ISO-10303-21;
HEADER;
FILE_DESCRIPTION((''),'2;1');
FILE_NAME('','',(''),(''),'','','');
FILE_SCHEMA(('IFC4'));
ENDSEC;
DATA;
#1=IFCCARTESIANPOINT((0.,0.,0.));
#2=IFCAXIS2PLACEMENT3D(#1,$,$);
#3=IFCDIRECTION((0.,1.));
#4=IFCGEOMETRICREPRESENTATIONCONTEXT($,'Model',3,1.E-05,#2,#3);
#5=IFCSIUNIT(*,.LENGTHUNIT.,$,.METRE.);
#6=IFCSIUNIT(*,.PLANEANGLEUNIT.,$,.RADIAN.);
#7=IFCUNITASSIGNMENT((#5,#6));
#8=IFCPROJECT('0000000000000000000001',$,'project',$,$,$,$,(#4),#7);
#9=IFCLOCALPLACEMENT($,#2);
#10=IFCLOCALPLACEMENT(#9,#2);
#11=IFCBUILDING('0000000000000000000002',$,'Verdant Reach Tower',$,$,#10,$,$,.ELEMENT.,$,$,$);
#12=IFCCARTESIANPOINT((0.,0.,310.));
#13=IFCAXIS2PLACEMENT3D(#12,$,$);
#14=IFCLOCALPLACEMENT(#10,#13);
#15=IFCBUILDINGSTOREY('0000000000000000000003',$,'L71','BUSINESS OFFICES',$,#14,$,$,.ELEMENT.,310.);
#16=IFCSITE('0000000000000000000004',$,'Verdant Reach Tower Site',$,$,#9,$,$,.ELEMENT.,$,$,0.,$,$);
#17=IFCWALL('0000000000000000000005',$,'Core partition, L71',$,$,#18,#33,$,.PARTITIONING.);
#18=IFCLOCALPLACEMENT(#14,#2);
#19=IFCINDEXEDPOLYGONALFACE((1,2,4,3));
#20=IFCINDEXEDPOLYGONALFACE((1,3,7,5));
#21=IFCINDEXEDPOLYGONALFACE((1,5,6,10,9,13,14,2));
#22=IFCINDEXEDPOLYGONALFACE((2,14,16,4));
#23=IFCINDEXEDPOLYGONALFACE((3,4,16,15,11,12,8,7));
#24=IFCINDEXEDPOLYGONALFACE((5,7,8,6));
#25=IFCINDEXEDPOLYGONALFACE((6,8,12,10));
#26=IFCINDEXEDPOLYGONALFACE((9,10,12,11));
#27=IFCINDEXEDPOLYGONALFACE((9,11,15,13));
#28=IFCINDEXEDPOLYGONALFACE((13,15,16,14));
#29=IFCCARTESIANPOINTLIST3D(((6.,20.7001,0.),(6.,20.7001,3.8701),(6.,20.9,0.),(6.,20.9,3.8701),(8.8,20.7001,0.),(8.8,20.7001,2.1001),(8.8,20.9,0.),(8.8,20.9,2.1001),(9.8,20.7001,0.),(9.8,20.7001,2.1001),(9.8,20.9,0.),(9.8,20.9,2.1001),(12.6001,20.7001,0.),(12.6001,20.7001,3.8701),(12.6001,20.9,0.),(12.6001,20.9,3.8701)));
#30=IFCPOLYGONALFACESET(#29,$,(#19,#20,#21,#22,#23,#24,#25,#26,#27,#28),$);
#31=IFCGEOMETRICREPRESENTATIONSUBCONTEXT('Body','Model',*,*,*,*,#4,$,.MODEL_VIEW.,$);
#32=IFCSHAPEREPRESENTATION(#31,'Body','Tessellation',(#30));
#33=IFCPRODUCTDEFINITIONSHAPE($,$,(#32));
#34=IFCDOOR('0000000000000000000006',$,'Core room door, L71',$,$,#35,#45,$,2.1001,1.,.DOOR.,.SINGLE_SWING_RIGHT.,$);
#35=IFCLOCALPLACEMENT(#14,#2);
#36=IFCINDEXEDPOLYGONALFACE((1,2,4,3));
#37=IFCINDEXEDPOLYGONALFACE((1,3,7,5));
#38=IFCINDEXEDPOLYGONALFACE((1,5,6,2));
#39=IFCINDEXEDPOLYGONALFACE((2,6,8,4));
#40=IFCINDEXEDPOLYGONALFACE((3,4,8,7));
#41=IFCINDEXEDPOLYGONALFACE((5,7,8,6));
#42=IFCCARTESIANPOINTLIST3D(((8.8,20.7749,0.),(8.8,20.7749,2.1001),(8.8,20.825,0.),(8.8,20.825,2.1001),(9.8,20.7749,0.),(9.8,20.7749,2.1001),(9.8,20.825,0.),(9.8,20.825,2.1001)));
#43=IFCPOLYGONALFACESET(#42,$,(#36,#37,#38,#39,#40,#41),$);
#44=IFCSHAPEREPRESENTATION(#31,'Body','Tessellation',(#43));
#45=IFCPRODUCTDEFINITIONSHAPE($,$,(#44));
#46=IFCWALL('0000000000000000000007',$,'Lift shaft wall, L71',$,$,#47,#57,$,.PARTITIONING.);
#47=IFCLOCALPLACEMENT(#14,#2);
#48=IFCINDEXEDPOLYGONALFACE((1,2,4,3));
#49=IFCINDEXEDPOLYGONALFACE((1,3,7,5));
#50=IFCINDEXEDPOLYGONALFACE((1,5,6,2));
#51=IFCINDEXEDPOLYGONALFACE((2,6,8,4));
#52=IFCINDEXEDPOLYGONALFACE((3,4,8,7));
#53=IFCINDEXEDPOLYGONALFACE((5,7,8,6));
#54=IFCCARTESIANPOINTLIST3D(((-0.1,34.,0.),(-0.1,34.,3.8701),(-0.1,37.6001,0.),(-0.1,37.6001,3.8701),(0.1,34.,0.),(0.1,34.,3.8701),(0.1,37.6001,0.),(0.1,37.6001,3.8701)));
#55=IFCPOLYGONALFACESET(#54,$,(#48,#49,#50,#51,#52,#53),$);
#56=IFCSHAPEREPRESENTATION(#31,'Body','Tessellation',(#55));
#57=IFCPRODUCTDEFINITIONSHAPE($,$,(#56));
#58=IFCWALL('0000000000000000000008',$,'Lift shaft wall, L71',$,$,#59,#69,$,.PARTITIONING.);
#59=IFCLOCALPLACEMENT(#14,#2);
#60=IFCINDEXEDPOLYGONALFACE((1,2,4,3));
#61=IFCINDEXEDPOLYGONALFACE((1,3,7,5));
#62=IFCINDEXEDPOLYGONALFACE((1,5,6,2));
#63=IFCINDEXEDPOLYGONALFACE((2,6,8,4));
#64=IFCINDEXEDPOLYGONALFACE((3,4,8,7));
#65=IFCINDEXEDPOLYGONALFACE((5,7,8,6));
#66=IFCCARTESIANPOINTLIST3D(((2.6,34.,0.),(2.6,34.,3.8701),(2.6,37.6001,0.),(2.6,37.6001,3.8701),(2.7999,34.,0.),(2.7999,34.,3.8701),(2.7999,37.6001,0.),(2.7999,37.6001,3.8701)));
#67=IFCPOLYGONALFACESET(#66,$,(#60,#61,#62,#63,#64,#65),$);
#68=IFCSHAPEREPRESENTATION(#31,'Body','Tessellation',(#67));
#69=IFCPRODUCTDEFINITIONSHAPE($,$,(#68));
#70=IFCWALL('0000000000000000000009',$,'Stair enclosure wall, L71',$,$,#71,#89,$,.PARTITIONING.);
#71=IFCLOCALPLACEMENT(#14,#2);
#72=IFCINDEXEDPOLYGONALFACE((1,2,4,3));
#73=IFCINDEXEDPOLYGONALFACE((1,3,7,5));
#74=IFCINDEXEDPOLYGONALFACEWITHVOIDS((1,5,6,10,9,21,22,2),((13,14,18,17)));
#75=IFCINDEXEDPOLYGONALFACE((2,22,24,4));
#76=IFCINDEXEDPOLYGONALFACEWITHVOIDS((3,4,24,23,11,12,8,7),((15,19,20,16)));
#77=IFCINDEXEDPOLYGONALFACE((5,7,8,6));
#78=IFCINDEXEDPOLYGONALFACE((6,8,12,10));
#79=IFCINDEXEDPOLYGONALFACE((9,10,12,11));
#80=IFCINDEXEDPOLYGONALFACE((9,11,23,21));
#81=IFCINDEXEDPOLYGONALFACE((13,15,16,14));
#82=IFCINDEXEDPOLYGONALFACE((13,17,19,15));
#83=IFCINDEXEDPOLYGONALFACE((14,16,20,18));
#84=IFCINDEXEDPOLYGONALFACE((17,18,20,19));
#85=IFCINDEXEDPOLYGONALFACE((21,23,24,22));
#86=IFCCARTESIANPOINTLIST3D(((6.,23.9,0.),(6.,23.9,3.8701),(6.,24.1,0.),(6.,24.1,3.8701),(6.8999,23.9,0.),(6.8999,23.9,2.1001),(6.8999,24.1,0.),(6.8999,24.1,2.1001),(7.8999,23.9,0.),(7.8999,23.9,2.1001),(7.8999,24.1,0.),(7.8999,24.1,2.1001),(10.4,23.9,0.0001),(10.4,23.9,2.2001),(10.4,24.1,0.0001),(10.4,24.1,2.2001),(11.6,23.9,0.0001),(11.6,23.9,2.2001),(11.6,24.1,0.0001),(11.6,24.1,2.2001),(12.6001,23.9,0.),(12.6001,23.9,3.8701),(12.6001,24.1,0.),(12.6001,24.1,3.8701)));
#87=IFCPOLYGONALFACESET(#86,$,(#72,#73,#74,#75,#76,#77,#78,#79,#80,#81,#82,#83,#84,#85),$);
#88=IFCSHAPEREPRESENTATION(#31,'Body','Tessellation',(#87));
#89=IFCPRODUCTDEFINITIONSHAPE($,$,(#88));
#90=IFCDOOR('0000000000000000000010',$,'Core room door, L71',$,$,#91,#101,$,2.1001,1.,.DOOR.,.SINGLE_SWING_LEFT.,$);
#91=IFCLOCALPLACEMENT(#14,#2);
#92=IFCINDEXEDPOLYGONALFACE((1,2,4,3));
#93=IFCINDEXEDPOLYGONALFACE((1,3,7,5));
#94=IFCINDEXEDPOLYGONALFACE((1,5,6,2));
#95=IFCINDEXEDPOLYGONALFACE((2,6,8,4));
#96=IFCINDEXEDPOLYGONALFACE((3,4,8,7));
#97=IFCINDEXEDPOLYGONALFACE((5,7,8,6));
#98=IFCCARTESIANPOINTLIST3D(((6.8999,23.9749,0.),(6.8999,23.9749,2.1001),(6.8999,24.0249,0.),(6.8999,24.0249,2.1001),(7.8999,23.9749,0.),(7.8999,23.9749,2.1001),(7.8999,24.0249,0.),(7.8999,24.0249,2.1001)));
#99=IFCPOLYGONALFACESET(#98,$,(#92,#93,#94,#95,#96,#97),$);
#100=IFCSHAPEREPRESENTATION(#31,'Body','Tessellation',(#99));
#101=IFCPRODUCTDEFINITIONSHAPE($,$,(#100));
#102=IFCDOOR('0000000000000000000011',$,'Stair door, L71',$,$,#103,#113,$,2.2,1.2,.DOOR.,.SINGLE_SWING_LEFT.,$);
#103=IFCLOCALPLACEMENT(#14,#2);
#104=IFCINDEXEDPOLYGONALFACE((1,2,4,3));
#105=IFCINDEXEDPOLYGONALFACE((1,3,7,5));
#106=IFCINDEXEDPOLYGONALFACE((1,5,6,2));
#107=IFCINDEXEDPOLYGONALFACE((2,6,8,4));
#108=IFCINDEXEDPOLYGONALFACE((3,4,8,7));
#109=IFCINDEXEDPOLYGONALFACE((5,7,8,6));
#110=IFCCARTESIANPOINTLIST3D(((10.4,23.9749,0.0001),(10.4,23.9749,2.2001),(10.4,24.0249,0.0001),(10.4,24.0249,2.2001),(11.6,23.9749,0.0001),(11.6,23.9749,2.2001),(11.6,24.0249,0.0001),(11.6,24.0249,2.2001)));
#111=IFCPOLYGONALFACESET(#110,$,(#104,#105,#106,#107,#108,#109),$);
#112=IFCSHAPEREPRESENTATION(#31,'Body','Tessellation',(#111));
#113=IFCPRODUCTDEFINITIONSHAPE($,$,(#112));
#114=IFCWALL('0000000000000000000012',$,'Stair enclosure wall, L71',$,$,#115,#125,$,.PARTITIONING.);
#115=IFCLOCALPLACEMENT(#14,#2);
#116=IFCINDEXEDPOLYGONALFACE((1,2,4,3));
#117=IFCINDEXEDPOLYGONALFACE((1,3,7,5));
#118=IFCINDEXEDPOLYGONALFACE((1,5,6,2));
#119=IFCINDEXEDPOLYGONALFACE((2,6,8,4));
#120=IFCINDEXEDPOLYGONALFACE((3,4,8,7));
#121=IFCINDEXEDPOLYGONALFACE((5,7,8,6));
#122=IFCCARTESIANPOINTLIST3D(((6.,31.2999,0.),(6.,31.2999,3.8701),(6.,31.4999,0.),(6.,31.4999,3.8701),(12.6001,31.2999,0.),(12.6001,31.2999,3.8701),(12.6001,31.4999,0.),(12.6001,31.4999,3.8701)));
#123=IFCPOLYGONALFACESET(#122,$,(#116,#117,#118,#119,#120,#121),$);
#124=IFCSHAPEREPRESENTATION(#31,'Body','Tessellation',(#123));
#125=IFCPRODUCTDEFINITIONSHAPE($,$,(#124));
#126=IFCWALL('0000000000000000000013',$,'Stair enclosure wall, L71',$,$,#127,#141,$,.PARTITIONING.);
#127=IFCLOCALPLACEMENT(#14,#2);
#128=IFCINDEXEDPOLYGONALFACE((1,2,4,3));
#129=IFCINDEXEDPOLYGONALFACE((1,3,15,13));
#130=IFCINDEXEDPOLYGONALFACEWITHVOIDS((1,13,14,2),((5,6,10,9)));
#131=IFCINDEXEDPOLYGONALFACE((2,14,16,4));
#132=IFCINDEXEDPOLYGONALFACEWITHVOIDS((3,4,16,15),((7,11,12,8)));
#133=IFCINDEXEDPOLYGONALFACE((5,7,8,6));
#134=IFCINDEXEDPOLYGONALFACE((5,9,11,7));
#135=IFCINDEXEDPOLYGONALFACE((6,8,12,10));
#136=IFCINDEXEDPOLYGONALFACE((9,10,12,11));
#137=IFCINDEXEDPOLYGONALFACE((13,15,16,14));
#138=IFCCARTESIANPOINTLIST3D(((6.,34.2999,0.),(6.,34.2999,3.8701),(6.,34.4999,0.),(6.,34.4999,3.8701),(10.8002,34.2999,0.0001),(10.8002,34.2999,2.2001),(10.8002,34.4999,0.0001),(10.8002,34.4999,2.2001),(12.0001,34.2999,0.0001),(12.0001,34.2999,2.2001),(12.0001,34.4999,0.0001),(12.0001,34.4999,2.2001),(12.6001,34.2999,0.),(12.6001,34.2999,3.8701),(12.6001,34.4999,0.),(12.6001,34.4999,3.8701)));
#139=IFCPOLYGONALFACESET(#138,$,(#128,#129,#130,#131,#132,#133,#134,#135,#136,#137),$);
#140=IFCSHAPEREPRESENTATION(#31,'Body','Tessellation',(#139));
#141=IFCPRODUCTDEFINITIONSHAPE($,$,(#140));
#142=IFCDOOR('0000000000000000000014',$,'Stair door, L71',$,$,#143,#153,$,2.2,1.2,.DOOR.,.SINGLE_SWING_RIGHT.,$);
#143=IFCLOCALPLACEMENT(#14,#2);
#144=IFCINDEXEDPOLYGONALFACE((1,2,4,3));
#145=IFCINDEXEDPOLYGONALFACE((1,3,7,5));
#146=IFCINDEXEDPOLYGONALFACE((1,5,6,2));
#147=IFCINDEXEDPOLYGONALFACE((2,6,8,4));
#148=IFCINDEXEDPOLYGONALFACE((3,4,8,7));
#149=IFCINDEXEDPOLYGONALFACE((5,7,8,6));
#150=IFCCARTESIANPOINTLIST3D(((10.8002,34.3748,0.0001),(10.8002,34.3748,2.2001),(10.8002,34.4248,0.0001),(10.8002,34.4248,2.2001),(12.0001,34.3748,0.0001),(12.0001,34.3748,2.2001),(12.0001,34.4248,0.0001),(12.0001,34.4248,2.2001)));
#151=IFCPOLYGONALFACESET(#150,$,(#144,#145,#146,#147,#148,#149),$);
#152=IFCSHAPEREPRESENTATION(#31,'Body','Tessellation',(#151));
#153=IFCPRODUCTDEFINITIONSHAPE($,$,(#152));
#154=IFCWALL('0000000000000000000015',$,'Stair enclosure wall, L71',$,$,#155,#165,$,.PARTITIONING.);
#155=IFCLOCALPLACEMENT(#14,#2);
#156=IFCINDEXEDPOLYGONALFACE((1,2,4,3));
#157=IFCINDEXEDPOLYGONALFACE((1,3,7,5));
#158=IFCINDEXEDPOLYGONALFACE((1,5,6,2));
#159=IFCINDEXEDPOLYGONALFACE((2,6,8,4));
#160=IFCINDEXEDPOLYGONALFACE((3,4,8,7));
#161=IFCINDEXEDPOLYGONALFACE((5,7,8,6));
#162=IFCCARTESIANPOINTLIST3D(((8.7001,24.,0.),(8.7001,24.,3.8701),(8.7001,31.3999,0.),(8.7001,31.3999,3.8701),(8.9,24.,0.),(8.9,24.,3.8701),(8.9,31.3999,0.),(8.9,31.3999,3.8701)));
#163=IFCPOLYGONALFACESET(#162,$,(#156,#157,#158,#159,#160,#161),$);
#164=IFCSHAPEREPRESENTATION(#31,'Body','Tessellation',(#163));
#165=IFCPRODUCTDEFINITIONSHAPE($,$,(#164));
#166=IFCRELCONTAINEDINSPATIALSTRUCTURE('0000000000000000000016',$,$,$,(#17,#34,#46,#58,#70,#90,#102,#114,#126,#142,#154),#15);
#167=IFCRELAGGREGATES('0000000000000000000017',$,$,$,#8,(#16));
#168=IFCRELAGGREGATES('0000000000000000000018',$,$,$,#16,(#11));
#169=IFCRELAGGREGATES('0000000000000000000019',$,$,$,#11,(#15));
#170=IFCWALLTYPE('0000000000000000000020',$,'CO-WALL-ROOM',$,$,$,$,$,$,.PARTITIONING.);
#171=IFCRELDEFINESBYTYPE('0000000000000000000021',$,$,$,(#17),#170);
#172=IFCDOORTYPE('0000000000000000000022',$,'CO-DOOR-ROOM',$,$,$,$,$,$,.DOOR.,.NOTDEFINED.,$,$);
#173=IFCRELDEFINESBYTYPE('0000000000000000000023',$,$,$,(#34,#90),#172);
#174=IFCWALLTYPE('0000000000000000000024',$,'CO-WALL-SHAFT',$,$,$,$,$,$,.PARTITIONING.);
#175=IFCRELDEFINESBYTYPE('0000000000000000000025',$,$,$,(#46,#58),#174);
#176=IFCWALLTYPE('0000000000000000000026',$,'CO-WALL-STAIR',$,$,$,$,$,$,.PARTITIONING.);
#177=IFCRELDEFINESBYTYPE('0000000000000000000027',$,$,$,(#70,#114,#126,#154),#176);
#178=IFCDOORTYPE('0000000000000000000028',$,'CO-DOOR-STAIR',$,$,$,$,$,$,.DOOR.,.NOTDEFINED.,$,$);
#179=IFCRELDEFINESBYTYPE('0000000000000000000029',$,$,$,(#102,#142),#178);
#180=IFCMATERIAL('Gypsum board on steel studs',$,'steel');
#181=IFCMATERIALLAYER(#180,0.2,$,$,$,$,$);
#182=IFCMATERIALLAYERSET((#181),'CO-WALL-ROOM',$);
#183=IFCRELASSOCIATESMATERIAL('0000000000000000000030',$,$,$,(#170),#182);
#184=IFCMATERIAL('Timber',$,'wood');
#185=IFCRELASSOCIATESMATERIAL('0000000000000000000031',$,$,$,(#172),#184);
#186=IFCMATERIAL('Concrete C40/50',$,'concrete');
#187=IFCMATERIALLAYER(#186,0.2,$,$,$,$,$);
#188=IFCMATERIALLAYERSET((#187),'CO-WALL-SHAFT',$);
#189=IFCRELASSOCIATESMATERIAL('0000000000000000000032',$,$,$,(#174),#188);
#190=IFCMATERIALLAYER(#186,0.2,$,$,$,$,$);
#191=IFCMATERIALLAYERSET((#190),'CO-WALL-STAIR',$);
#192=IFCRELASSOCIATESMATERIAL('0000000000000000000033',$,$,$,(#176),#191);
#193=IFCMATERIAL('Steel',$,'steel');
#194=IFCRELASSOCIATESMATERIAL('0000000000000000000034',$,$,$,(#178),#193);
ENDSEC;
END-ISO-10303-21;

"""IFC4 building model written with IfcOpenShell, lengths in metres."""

from ifc_helpers import new_model, si_unit, direction, frame, frame_2d, origin, place, context, subcontext, project, spatial, rectangle, extrude, material, layer, layer_set, type_object, element, fill, save


model = new_model("IFC4")

# Units and contexts
model_context = context("Model", 3, precision=1e-05, world=origin(), true_north=direction((0.0, 1.0)))
body_context = subcontext(model_context, "Body", "Model", "MODEL_VIEW")
ifc_project = project(units=[si_unit("LENGTHUNIT", "METRE"), si_unit("PLANEANGLEUNIT", "RADIAN")], contexts=[model_context])

# Site, building, storey
site_placement = place(None, origin())
site = spatial("IfcSite", under=ifc_project, at=site_placement, Name="Verdant Reach Tower Site", CompositionType="ELEMENT", RefElevation=0.0)
building_placement = place(site_placement, origin())
building = spatial("IfcBuilding", under=site, at=building_placement, Name="Verdant Reach Tower", CompositionType="ELEMENT")
storey_placement = place(building_placement, frame((0.0, 0.0, 310.0)))
storey = spatial("IfcBuildingStorey", under=building, at=storey_placement, Name="L71", Description="BUSINESS OFFICES", CompositionType="ELEMENT", Elevation=310.0)

# Wall, opening, door
ifc_material_1 = material(Name="Gypsum board on steel studs", Category="steel")
ifc_layer_1 = layer(ifc_material_1, 0.2)
ifc_layer_set_1 = layer_set([ifc_layer_1], Name="CO-WALL-ROOM")
wall_type_1 = type_object("IfcWallType", Name="CO-WALL-ROOM", PredefinedType="PARTITIONING", material=ifc_layer_set_1)
wall_1_placement = place(storey_placement, frame((6.0, 20.8, 0.0), z_axis=(0.0, 0.0, 1.0), x_axis=(1.0, 0.0, 0.0)))
wall_1 = element("IfcWall", 1, at=wall_1_placement, inside=storey, type_object=wall_type_1, Name="Core partition, L71", PredefinedType="PARTITIONING", context=body_context, shape_type="SweptSolid", body=[
    extrude(rectangle(XDim=6.6001, YDim=0.2, at=frame_2d((3.3, 0.0))), origin(), (0.0, 0.0, 1.0), 3.8701),
])
opening_1_placement = place(wall_1_placement, frame((2.8, 0.0, 0.0)))
opening_1 = element("IfcOpeningElement", 2, at=opening_1_placement, cuts=wall_1, PredefinedType="OPENING", context=body_context, shape_type="SweptSolid", body=[
    extrude(rectangle(XDim=1.0, YDim=2.1001, at=frame_2d((0.5, 1.05))), frame((0.0, 0.1099, 0.0), z_axis=(0.0, -1.0, 0.0), x_axis=(1.0, 0.0, 0.0)), (0.0, 0.0, 1.0), 0.22),
])
ifc_material_2 = material(Name="Timber", Category="wood")
door_type_1 = type_object("IfcDoorType", Name="CO-DOOR-ROOM", OperationType="NOTDEFINED", PredefinedType="DOOR", material=ifc_material_2)
door_1_placement = place(opening_1_placement, origin())
door_1 = element("IfcDoor", 3, at=door_1_placement, inside=storey, type_object=door_type_1, Name="Core room door, L71", OperationType="SINGLE_SWING_RIGHT", OverallHeight=2.1001, OverallWidth=1.0, PredefinedType="DOOR", context=body_context, shape_type="SweptSolid", body=[
    extrude(rectangle(XDim=1.0, YDim=2.1001, at=frame_2d((0.5, 1.05))), frame((0.0, 0.0249, 0.0), z_axis=(0.0, -1.0, 0.0), x_axis=(1.0, 0.0, 0.0)), (0.0, 0.0, 1.0), 0.05),
])
fill(opening_1, door_1)

# Walls
ifc_material_3 = material(Name="Concrete C40/50", Category="concrete")
ifc_layer_2 = layer(ifc_material_3, 0.2)
ifc_layer_set_2 = layer_set([ifc_layer_2], Name="CO-WALL-SHAFT")
wall_type_2 = type_object("IfcWallType", Name="CO-WALL-SHAFT", PredefinedType="PARTITIONING", material=ifc_layer_set_2)
for number, where, z_axis, x_axis, name in (
    (4, (0.0, 34.0, 0.0), (0.0, 0.0, 1.0), (0.0, 1.0, 0.0), "Lift shaft wall, L71"),
    (5, (2.7, 34.0, 0.0), (0.0, 0.0, 1.0), (0.0, 1.0, 0.0), "Lift shaft wall, L71"),
):
    element("IfcWall", number, at=place(storey_placement, frame(where, z_axis=z_axis, x_axis=x_axis)), inside=storey, type_object=wall_type_2, Name=name, PredefinedType="PARTITIONING", context=body_context, shape_type="SweptSolid", body=[
        extrude(rectangle(XDim=3.6001, YDim=0.2, at=frame_2d((1.8, 0.0))), origin(), (0.0, 0.0, 1.0), 3.8701),
    ])

# Wall, openings, doors
ifc_layer_3 = layer(ifc_material_3, 0.2)
ifc_layer_set_3 = layer_set([ifc_layer_3], Name="CO-WALL-STAIR")
wall_type_3 = type_object("IfcWallType", Name="CO-WALL-STAIR", PredefinedType="PARTITIONING", material=ifc_layer_set_3)
wall_2_placement = place(storey_placement, frame((6.0, 24.0, 0.0), z_axis=(0.0, 0.0, 1.0), x_axis=(1.0, 0.0, 0.0)))
wall_2 = element("IfcWall", 6, at=wall_2_placement, inside=storey, type_object=wall_type_3, Name="Stair enclosure wall, L71", PredefinedType="PARTITIONING", context=body_context, shape_type="SweptSolid", body=[
    extrude(rectangle(XDim=6.6001, YDim=0.2, at=frame_2d((3.3, 0.0))), origin(), (0.0, 0.0, 1.0), 3.8701),
])
opening_2_placement = place(wall_2_placement, frame((0.8999, 0.0, 0.0)))
opening_2 = element("IfcOpeningElement", 7, at=opening_2_placement, cuts=wall_2, PredefinedType="OPENING", context=body_context, shape_type="SweptSolid", body=[
    extrude(rectangle(XDim=1.0, YDim=2.1001, at=frame_2d((0.5, 1.05))), frame((0.0, 0.1099, 0.0), z_axis=(0.0, -1.0, 0.0), x_axis=(1.0, 0.0, 0.0)), (0.0, 0.0, 1.0), 0.22),
])
opening_3_placement = place(wall_2_placement, frame((4.3999, 0.0, 0.0)))
opening_3 = element("IfcOpeningElement", 8, at=opening_3_placement, cuts=wall_2, PredefinedType="OPENING", context=body_context, shape_type="SweptSolid", body=[
    extrude(rectangle(XDim=1.2, YDim=2.2, at=frame_2d((0.6001, 1.1001))), frame((0.0, 0.1099, 0.0), z_axis=(0.0, -1.0, 0.0), x_axis=(1.0, 0.0, 0.0)), (0.0, 0.0, 1.0), 0.22),
])
door_2_placement = place(opening_2_placement, origin())
door_2 = element("IfcDoor", 9, at=door_2_placement, inside=storey, type_object=door_type_1, Name="Core room door, L71", OperationType="SINGLE_SWING_LEFT", OverallHeight=2.1001, OverallWidth=1.0, PredefinedType="DOOR", context=body_context, shape_type="SweptSolid", body=[
    extrude(rectangle(XDim=1.0, YDim=2.1001, at=frame_2d((0.5, 1.05))), frame((0.0, 0.0249, 0.0), z_axis=(0.0, -1.0, 0.0), x_axis=(1.0, 0.0, 0.0)), (0.0, 0.0, 1.0), 0.05),
])
fill(opening_2, door_2)
ifc_material_4 = material(Name="Steel", Category="steel")
door_type_2 = type_object("IfcDoorType", Name="CO-DOOR-STAIR", OperationType="NOTDEFINED", PredefinedType="DOOR", material=ifc_material_4)
door_3_placement = place(opening_3_placement, origin())
door_3 = element("IfcDoor", 10, at=door_3_placement, inside=storey, type_object=door_type_2, Name="Stair door, L71", OperationType="SINGLE_SWING_LEFT", OverallHeight=2.2, OverallWidth=1.2, PredefinedType="DOOR", context=body_context, shape_type="SweptSolid", body=[
    extrude(rectangle(XDim=1.2, YDim=2.2, at=frame_2d((0.6001, 1.1001))), frame((0.0, 0.0249, 0.0), z_axis=(0.0, -1.0, 0.0), x_axis=(1.0, 0.0, 0.0)), (0.0, 0.0, 1.0), 0.05),
])
fill(opening_3, door_3)

# Wall
wall_3_placement = place(storey_placement, frame((6.0, 31.3999, 0.0), z_axis=(0.0, 0.0, 1.0), x_axis=(1.0, 0.0, 0.0)))
element("IfcWall", 11, at=wall_3_placement, inside=storey, type_object=wall_type_3, Name="Stair enclosure wall, L71", PredefinedType="PARTITIONING", context=body_context, shape_type="SweptSolid", body=[
    extrude(rectangle(XDim=6.6001, YDim=0.2, at=frame_2d((3.3, 0.0))), origin(), (0.0, 0.0, 1.0), 3.8701),
])

# Wall, opening, door
wall_4_placement = place(storey_placement, frame((6.0, 34.3999, 0.0), z_axis=(0.0, 0.0, 1.0), x_axis=(1.0, 0.0, 0.0)))
wall_4 = element("IfcWall", 12, at=wall_4_placement, inside=storey, type_object=wall_type_3, Name="Stair enclosure wall, L71", PredefinedType="PARTITIONING", context=body_context, shape_type="SweptSolid", body=[
    extrude(rectangle(XDim=6.6001, YDim=0.2, at=frame_2d((3.3, 0.0))), origin(), (0.0, 0.0, 1.0), 3.8701),
])
opening_4_placement = place(wall_4_placement, frame((4.8, 0.0, 0.0)))
opening_4 = element("IfcOpeningElement", 13, at=opening_4_placement, cuts=wall_4, PredefinedType="OPENING", context=body_context, shape_type="SweptSolid", body=[
    extrude(rectangle(XDim=1.2, YDim=2.2, at=frame_2d((0.6001, 1.1001))), frame((0.0, 0.1099, 0.0), z_axis=(0.0, -1.0, 0.0), x_axis=(1.0, 0.0, 0.0)), (0.0, 0.0, 1.0), 0.22),
])
door_4_placement = place(opening_4_placement, origin())
door_4 = element("IfcDoor", 14, at=door_4_placement, inside=storey, type_object=door_type_2, Name="Stair door, L71", OperationType="SINGLE_SWING_RIGHT", OverallHeight=2.2, OverallWidth=1.2, PredefinedType="DOOR", context=body_context, shape_type="SweptSolid", body=[
    extrude(rectangle(XDim=1.2, YDim=2.2, at=frame_2d((0.6001, 1.1001))), frame((0.0, 0.0249, 0.0), z_axis=(0.0, -1.0, 0.0), x_axis=(1.0, 0.0, 0.0)), (0.0, 0.0, 1.0), 0.05),
])
fill(opening_4, door_4)

# Wall
wall_5_placement = place(storey_placement, frame((8.8, 24.0, 0.0), z_axis=(0.0, 0.0, 1.0), x_axis=(0.0, 1.0, 0.0)))
element("IfcWall", 15, at=wall_5_placement, inside=storey, type_object=wall_type_3, Name="Stair enclosure wall, L71", PredefinedType="PARTITIONING", context=body_context, shape_type="SweptSolid", body=[
    extrude(rectangle(XDim=7.3999, YDim=0.2, at=frame_2d((3.7, 0.0))), origin(), (0.0, 0.0, 1.0), 3.8701),
])

save(model, "model.ifc")
